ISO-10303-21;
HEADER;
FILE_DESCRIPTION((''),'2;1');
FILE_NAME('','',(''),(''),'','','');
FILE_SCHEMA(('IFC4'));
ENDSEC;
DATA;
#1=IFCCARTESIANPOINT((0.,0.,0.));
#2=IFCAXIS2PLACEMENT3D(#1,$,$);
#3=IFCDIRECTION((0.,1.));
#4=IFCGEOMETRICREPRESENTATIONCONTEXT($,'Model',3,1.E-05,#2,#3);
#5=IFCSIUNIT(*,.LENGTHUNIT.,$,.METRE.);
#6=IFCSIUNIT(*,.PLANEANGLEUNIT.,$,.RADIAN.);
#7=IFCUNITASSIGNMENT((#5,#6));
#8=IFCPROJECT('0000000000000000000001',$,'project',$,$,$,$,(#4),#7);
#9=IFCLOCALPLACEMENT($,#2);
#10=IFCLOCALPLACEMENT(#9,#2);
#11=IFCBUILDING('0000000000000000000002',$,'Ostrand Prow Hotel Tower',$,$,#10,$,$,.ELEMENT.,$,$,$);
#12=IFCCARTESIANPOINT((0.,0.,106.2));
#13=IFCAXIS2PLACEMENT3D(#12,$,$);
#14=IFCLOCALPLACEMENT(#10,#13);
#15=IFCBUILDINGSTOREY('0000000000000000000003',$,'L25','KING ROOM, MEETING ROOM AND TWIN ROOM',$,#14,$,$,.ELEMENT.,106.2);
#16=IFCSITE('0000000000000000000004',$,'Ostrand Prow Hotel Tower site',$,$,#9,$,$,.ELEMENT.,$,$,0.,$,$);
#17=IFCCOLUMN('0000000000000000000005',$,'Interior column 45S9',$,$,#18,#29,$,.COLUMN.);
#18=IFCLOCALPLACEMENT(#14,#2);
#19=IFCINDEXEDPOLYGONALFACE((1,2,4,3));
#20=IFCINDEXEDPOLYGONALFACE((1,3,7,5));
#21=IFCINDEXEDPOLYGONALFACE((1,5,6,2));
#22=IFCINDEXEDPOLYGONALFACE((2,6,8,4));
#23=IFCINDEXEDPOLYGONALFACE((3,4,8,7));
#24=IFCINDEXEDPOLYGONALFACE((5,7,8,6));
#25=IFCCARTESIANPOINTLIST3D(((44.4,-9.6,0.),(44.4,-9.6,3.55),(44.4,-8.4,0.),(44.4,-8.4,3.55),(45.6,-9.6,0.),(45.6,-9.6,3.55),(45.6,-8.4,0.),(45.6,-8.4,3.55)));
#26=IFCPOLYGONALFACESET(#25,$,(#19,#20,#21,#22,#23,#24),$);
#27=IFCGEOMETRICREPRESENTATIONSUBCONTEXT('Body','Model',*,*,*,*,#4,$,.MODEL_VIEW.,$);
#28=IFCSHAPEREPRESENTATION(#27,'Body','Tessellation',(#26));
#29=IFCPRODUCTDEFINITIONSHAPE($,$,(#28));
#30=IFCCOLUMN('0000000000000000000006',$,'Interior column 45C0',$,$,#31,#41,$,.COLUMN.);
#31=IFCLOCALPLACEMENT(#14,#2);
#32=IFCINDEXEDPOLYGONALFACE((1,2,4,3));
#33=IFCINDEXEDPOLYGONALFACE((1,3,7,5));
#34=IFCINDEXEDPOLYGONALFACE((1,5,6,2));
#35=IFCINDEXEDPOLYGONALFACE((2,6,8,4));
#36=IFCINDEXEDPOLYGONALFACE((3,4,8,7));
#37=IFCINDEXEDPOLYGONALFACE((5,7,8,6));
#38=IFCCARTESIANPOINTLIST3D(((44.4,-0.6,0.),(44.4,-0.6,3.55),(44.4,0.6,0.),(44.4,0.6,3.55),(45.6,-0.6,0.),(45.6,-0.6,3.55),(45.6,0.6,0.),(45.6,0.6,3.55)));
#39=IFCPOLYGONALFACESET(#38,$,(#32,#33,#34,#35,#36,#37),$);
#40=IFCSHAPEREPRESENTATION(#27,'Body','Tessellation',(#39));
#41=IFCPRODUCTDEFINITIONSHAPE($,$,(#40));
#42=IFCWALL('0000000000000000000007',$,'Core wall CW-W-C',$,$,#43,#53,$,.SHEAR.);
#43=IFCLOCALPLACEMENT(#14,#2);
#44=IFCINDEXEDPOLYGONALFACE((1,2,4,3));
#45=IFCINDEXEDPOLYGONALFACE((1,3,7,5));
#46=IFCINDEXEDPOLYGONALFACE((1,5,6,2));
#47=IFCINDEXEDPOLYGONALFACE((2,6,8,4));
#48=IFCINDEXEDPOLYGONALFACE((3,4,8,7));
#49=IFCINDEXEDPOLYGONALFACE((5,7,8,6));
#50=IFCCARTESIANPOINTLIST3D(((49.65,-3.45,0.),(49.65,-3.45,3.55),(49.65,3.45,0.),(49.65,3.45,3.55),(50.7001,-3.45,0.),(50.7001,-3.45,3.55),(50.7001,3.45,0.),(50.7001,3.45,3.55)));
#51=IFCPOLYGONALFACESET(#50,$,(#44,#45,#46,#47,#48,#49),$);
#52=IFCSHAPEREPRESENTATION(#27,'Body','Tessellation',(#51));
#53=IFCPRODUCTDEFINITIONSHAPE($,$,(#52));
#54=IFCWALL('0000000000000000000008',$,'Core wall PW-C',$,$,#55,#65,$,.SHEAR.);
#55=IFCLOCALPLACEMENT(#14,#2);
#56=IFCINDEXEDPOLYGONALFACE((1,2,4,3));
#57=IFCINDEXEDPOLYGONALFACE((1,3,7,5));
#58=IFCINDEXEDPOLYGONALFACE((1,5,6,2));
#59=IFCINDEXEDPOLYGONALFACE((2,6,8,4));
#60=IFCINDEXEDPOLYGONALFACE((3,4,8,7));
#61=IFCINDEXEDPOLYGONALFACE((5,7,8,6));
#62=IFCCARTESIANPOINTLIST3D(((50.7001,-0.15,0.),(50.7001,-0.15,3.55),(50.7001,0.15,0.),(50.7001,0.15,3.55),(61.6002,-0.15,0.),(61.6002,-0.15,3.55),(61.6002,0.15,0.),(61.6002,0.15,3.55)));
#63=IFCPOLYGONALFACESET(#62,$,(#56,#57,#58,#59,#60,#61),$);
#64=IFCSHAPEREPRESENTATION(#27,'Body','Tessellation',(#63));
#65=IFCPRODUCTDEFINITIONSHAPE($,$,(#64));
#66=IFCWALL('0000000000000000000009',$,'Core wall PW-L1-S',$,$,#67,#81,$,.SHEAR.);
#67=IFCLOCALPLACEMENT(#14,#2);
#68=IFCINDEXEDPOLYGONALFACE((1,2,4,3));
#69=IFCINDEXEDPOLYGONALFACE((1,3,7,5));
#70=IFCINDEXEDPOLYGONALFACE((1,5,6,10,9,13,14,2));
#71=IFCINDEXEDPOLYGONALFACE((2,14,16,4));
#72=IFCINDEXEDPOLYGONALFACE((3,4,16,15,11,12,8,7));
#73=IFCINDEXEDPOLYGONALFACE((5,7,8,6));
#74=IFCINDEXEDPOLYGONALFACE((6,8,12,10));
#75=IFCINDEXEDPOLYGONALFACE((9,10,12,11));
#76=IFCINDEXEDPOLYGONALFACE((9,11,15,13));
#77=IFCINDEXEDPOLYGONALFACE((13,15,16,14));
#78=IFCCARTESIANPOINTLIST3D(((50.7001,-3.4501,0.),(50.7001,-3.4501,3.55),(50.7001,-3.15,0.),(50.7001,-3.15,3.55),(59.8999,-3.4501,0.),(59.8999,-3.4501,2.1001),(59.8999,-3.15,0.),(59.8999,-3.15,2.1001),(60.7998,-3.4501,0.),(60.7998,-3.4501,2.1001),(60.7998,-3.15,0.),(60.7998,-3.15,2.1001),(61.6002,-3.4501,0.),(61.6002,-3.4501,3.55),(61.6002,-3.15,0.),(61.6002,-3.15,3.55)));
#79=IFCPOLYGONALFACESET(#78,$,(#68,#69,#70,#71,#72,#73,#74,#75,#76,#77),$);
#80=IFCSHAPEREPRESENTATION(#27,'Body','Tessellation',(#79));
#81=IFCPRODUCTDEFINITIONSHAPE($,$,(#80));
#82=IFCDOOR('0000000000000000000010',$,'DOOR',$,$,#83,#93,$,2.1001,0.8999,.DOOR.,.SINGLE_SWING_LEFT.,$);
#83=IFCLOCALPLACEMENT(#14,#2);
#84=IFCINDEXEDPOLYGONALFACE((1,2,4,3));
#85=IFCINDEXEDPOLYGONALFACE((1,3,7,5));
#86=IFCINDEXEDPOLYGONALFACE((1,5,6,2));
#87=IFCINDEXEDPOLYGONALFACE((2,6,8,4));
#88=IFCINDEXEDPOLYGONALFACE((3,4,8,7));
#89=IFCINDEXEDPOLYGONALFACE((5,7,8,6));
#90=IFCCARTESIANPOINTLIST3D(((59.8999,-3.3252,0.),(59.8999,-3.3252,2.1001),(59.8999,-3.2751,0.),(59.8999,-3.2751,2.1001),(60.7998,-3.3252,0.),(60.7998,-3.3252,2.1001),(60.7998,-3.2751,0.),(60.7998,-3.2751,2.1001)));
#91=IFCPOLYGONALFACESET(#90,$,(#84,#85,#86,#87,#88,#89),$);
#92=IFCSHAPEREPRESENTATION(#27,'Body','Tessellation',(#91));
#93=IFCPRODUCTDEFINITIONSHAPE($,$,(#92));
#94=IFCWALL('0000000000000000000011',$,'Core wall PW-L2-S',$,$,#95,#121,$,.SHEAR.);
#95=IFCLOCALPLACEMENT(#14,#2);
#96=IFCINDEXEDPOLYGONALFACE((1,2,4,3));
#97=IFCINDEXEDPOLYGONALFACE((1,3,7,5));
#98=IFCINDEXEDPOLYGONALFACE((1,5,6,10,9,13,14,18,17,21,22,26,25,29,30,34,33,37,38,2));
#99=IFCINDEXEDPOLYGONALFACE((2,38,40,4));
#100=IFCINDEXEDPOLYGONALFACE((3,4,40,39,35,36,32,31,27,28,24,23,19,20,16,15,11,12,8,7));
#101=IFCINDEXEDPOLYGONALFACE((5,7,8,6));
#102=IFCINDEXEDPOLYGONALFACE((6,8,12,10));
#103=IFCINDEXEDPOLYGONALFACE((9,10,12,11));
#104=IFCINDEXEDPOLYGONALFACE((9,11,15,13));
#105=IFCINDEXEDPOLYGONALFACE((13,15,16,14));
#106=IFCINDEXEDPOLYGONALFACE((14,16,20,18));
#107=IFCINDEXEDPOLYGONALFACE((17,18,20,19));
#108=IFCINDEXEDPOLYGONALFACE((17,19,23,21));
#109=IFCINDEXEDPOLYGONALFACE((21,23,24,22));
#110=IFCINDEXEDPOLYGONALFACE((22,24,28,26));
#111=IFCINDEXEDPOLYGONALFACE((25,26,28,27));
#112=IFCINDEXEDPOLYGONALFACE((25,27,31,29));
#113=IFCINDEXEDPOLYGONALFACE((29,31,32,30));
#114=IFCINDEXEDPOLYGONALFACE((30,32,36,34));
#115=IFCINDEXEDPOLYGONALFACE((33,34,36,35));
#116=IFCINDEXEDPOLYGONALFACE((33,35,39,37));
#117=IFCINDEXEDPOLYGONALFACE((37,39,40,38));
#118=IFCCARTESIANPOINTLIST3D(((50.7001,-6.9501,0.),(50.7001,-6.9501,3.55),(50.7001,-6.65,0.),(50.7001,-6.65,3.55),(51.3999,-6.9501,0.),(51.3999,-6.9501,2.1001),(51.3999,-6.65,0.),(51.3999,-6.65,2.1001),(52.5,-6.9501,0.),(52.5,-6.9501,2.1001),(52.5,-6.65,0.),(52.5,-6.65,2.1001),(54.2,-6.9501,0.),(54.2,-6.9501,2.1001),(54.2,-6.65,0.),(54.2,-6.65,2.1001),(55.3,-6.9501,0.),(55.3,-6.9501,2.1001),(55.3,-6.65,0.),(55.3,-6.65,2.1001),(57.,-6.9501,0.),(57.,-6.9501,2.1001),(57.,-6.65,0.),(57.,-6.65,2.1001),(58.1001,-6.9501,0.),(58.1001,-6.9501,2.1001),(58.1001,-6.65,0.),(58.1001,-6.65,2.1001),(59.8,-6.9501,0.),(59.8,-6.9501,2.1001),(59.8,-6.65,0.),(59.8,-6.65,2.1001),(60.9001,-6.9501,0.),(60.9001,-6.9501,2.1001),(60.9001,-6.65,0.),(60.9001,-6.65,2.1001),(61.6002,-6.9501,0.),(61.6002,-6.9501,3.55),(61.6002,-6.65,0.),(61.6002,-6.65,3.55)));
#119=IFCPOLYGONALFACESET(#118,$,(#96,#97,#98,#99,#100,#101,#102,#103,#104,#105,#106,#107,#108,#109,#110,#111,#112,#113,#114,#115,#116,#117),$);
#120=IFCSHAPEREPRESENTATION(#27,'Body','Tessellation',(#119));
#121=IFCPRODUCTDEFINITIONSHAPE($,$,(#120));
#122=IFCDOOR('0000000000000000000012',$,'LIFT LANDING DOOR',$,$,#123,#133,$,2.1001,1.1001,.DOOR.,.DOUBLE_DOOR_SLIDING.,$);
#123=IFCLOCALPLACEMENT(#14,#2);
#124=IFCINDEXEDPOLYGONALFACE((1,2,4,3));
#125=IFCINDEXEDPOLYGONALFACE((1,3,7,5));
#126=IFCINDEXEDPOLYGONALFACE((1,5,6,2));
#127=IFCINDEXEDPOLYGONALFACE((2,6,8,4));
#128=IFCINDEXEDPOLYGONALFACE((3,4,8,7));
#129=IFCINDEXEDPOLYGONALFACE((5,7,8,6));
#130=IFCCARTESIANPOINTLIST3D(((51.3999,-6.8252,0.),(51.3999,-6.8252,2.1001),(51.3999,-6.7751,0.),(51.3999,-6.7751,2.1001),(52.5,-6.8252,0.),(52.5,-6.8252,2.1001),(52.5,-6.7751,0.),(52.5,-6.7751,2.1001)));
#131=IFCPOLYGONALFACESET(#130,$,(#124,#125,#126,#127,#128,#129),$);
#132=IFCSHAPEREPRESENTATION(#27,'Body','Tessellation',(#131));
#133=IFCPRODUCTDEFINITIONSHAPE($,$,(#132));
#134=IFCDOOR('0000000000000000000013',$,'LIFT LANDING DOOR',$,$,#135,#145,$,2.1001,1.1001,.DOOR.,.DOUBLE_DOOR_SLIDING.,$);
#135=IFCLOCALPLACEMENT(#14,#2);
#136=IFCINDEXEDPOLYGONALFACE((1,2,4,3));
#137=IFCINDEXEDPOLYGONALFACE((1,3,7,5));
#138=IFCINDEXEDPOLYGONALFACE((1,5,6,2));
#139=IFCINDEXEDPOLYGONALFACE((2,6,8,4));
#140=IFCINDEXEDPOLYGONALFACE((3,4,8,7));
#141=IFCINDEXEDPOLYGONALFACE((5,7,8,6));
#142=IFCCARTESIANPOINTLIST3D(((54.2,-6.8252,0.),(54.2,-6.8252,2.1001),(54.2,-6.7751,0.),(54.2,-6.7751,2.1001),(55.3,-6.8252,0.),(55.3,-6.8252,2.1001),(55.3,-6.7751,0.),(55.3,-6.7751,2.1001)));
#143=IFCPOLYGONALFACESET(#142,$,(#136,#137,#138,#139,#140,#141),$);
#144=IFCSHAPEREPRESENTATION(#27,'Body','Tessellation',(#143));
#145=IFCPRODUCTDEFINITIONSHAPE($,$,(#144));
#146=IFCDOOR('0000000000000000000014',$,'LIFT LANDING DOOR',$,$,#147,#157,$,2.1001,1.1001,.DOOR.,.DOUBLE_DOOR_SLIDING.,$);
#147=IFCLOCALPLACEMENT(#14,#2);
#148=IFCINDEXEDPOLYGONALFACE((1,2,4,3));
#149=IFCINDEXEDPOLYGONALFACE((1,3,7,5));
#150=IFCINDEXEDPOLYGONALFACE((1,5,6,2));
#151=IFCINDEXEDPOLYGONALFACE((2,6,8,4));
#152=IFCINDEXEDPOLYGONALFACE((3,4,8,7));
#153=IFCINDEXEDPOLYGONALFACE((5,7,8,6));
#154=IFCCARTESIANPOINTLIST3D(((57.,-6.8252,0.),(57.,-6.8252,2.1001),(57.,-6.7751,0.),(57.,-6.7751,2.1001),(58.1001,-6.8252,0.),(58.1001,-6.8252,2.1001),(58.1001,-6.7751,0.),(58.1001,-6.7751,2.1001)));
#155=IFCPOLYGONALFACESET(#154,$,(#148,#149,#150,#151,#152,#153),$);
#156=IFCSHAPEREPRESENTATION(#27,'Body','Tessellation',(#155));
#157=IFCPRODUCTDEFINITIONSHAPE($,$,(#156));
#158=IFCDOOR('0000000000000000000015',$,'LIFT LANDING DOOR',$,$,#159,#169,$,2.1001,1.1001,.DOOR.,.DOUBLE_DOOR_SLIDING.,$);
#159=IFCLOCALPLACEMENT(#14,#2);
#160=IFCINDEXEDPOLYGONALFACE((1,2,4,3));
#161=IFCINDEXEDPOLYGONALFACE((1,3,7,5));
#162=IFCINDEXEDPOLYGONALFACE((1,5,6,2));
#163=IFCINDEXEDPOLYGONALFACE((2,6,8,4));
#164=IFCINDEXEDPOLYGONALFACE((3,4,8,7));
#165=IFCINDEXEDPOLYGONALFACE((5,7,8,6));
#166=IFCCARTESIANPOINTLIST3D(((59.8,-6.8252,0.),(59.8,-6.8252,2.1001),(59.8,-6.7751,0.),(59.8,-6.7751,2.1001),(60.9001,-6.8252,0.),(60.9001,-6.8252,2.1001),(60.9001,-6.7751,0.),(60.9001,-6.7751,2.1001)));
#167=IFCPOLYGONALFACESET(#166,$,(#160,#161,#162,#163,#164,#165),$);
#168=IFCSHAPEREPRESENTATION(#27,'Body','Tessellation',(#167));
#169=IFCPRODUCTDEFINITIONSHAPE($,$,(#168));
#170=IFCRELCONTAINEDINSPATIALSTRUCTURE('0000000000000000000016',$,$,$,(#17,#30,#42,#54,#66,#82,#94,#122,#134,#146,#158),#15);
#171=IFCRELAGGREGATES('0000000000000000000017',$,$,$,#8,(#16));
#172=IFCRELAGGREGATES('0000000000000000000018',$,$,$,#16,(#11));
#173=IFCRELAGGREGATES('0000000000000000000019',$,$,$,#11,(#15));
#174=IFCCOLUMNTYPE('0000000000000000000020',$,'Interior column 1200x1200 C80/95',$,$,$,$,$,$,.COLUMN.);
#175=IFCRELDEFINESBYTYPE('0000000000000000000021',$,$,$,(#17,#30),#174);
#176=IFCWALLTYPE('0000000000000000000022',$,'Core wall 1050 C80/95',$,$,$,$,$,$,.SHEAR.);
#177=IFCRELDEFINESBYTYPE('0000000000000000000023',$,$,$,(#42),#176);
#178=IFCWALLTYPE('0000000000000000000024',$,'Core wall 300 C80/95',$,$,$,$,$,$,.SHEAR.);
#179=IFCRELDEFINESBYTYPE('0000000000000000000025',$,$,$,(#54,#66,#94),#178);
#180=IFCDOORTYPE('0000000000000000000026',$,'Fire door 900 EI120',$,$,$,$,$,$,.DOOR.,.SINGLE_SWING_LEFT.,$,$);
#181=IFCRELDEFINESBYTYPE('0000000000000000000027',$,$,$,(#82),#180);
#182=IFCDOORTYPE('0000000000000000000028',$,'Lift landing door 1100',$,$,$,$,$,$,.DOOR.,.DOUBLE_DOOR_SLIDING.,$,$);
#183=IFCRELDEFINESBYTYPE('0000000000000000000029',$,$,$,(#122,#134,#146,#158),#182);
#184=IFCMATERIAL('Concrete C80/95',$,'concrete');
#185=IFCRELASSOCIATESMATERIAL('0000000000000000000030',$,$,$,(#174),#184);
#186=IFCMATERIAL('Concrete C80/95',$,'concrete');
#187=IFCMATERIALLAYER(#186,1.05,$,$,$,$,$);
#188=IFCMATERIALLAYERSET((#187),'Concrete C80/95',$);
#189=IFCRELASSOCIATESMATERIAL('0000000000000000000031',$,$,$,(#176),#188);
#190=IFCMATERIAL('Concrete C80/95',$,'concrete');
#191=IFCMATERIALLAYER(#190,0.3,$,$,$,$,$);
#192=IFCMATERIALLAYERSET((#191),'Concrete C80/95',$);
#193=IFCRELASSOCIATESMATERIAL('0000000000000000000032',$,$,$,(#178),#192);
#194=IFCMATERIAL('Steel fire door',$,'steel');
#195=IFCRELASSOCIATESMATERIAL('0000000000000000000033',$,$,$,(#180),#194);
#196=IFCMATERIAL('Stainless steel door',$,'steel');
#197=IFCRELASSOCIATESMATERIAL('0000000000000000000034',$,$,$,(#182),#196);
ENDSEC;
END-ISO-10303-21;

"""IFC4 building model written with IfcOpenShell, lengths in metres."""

from ifc_helpers import new_model, si_unit, direction, frame, frame_2d, origin, origin_2d, place, context, subcontext, project, spatial, rectangle, extrude, material, layer, layer_set, material_profile, profile_set, type_object, element, fill, save


model = new_model("IFC4")

# Units and contexts
model_context = context("Model", 3, precision=1e-05, world=origin(), true_north=direction((0.0, 1.0)))
body_context = subcontext(model_context, "Body", "Model", "MODEL_VIEW")
ifc_project = project(units=[si_unit("LENGTHUNIT", "METRE"), si_unit("PLANEANGLEUNIT", "RADIAN")], contexts=[model_context])

# Site, building, storey
site_placement = place(None, origin())
site = spatial("IfcSite", under=ifc_project, at=site_placement, Name="Ostrand Prow Hotel Tower site", CompositionType="ELEMENT", RefElevation=0.0)
building_placement = place(site_placement, origin())
building = spatial("IfcBuilding", under=site, at=building_placement, Name="Ostrand Prow Hotel Tower", CompositionType="ELEMENT")
storey_placement = place(building_placement, frame((0.0, 0.0, 106.2)))
storey = spatial("IfcBuildingStorey", under=building, at=storey_placement, Name="L25", Description="KING ROOM, MEETING ROOM AND TWIN ROOM", CompositionType="ELEMENT", Elevation=106.2)

# Columns
ifc_material_1 = material(Name="Concrete C80/95", Category="concrete")
ifc_material_profile = material_profile(ifc_material_1, rectangle(XDim=1.2, YDim=1.2, at=origin_2d()), Name="RC 1200x1200")
ifc_profile_set = profile_set([ifc_material_profile], Name="Concrete C80/95")
column_type = type_object("IfcColumnType", Name="Interior column 1200x1200 C80/95", PredefinedType="COLUMN", material=ifc_profile_set)
for number, where, z_axis, x_axis, name in (
    (1, (45.0, -9.0, 0.0), (0.0, 0.0, 1.0), (1.0, 0.0, 0.0), "Interior column 45S9"),
    (2, (45.0, 0.0, 0.0), (0.0, 0.0, 1.0), (1.0, 0.0, 0.0), "Interior column 45C0"),
):
    element("IfcColumn", number, at=place(storey_placement, frame(where, z_axis=z_axis, x_axis=x_axis)), inside=storey, type_object=column_type, Name=name, PredefinedType="COLUMN", context=body_context, shape_type="SweptSolid", body=[
        extrude(rectangle(XDim=1.2, YDim=1.2, at=origin_2d()), origin(), (0.0, 0.0, 1.0), 3.55),
    ])

# Walls
ifc_material_2 = material(Name="Concrete C80/95", Category="concrete")
ifc_layer_1 = layer(ifc_material_2, 1.05)
ifc_layer_set_1 = layer_set([ifc_layer_1], Name="Concrete C80/95")
wall_type_1 = type_object("IfcWallType", Name="Core wall 1050 C80/95", PredefinedType="SHEAR", material=ifc_layer_set_1)
wall_1_placement = place(storey_placement, frame((50.175, -3.45, 0.0), z_axis=(0.0, 0.0, 1.0), x_axis=(0.0, 1.0, 0.0)))
element("IfcWall", 3, at=wall_1_placement, inside=storey, type_object=wall_type_1, Name="Core wall CW-W-C", PredefinedType="SHEAR", context=body_context, shape_type="SweptSolid", body=[
    extrude(rectangle(XDim=6.8999, YDim=1.05, at=frame_2d((3.45, 0.0))), origin(), (0.0, 0.0, 1.0), 3.55),
])
ifc_material_3 = material(Name="Concrete C80/95", Category="concrete")
ifc_layer_2 = layer(ifc_material_3, 0.3)
ifc_layer_set_2 = layer_set([ifc_layer_2], Name="Concrete C80/95")
wall_type_2 = type_object("IfcWallType", Name="Core wall 300 C80/95", PredefinedType="SHEAR", material=ifc_layer_set_2)
wall_2_placement = place(storey_placement, frame((50.7, 0.0, 0.0), z_axis=(0.0, 0.0, 1.0), x_axis=(1.0, 0.0, 0.0)))
element("IfcWall", 4, at=wall_2_placement, inside=storey, type_object=wall_type_2, Name="Core wall PW-C", PredefinedType="SHEAR", context=body_context, shape_type="SweptSolid", body=[
    extrude(rectangle(XDim=10.9001, YDim=0.3, at=frame_2d((5.4502, 0.0))), origin(), (0.0, 0.0, 1.0), 3.55),
])

# Wall, opening, door
wall_3_placement = place(storey_placement, frame((50.7, -3.3, 0.0), z_axis=(0.0, 0.0, 1.0), x_axis=(1.0, 0.0, 0.0)))
wall_3 = element("IfcWall", 5, at=wall_3_placement, inside=storey, type_object=wall_type_2, Name="Core wall PW-L1-S", PredefinedType="SHEAR", context=body_context, shape_type="SweptSolid", body=[
    extrude(rectangle(XDim=10.9001, YDim=0.3, at=frame_2d((5.4502, 0.0))), origin(), (0.0, 0.0, 1.0), 3.55),
])
opening_1_placement = place(wall_3_placement, frame((9.2, 0.0, 0.0)))
opening_1 = element("IfcOpeningElement", 6, at=opening_1_placement, cuts=wall_3, PredefinedType="OPENING", context=body_context, shape_type="SweptSolid", body=[
    extrude(rectangle(XDim=0.8999, YDim=2.1001, at=frame_2d((0.45, 1.05))), frame((0.0, 0.1599, 0.0), z_axis=(0.0, -1.0, 0.0), x_axis=(1.0, 0.0, 0.0)), (0.0, 0.0, 1.0), 0.3201),
])
ifc_material_4 = material(Name="Steel fire door", Category="steel")
door_type_1 = type_object("IfcDoorType", Name="Fire door 900 EI120", OperationType="SINGLE_SWING_LEFT", PredefinedType="DOOR", material=ifc_material_4)
door_1_placement = place(opening_1_placement, origin())
door_1 = element("IfcDoor", 7, at=door_1_placement, inside=storey, type_object=door_type_1, Name="DOOR", OperationType="SINGLE_SWING_LEFT", OverallHeight=2.1001, OverallWidth=0.8999, PredefinedType="DOOR", context=body_context, shape_type="SweptSolid", body=[
    extrude(rectangle(XDim=0.8999, YDim=2.1001, at=frame_2d((0.45, 1.05))), frame((0.0, 0.0249, 0.0), z_axis=(0.0, -1.0, 0.0), x_axis=(1.0, 0.0, 0.0)), (0.0, 0.0, 1.0), 0.05),
])
fill(opening_1, door_1)

# Wall, openings, doors
wall_4_placement = place(storey_placement, frame((50.7, -6.8, 0.0), z_axis=(0.0, 0.0, 1.0), x_axis=(1.0, 0.0, 0.0)))
wall_4 = element("IfcWall", 8, at=wall_4_placement, inside=storey, type_object=wall_type_2, Name="Core wall PW-L2-S", PredefinedType="SHEAR", context=body_context, shape_type="SweptSolid", body=[
    extrude(rectangle(XDim=10.9001, YDim=0.3, at=frame_2d((5.4502, 0.0))), origin(), (0.0, 0.0, 1.0), 3.55),
])
opening_2_placement = place(wall_4_placement, frame((0.7, 0.0, 0.0)))
opening_2 = element("IfcOpeningElement", 9, at=opening_2_placement, cuts=wall_4, PredefinedType="OPENING", context=body_context, shape_type="SweptSolid", body=[
    extrude(rectangle(XDim=1.1001, YDim=2.1001, at=frame_2d((0.55, 1.05))), frame((0.0, 0.1599, 0.0), z_axis=(0.0, -1.0, 0.0), x_axis=(1.0, 0.0, 0.0)), (0.0, 0.0, 1.0), 0.3201),
])
opening_3_placement = place(wall_4_placement, frame((3.5, 0.0, 0.0)))
opening_3 = element("IfcOpeningElement", 10, at=opening_3_placement, cuts=wall_4, PredefinedType="OPENING", context=body_context, shape_type="SweptSolid", body=[
    extrude(rectangle(XDim=1.1001, YDim=2.1001, at=frame_2d((0.55, 1.05))), frame((0.0, 0.1599, 0.0), z_axis=(0.0, -1.0, 0.0), x_axis=(1.0, 0.0, 0.0)), (0.0, 0.0, 1.0), 0.3201),
])
opening_4_placement = place(wall_4_placement, frame((6.3, 0.0, 0.0)))
opening_4 = element("IfcOpeningElement", 11, at=opening_4_placement, cuts=wall_4, PredefinedType="OPENING", context=body_context, shape_type="SweptSolid", body=[
    extrude(rectangle(XDim=1.1001, YDim=2.1001, at=frame_2d((0.55, 1.05))), frame((0.0, 0.1599, 0.0), z_axis=(0.0, -1.0, 0.0), x_axis=(1.0, 0.0, 0.0)), (0.0, 0.0, 1.0), 0.3201),
])
opening_5_placement = place(wall_4_placement, frame((9.1001, 0.0, 0.0)))
opening_5 = element("IfcOpeningElement", 12, at=opening_5_placement, cuts=wall_4, PredefinedType="OPENING", context=body_context, shape_type="SweptSolid", body=[
    extrude(rectangle(XDim=1.1001, YDim=2.1001, at=frame_2d((0.55, 1.05))), frame((0.0, 0.1599, 0.0), z_axis=(0.0, -1.0, 0.0), x_axis=(1.0, 0.0, 0.0)), (0.0, 0.0, 1.0), 0.3201),
])
ifc_material_5 = material(Name="Stainless steel door", Category="steel")
door_type_2 = type_object("IfcDoorType", Name="Lift landing door 1100", OperationType="DOUBLE_DOOR_SLIDING", PredefinedType="DOOR", material=ifc_material_5)
door_2_placement = place(opening_2_placement, origin())
door_2 = element("IfcDoor", 13, at=door_2_placement, inside=storey, type_object=door_type_2, Name="LIFT LANDING DOOR", OperationType="DOUBLE_DOOR_SLIDING", OverallHeight=2.1001, OverallWidth=1.1001, PredefinedType="DOOR", context=body_context, shape_type="SweptSolid", body=[
    extrude(rectangle(XDim=1.1001, YDim=2.1001, at=frame_2d((0.55, 1.05))), frame((0.0, 0.0249, 0.0), z_axis=(0.0, -1.0, 0.0), x_axis=(1.0, 0.0, 0.0)), (0.0, 0.0, 1.0), 0.05),
])
fill(opening_2, door_2)
door_3_placement = place(opening_3_placement, origin())
door_3 = element("IfcDoor", 14, at=door_3_placement, inside=storey, type_object=door_type_2, Name="LIFT LANDING DOOR", OperationType="DOUBLE_DOOR_SLIDING", OverallHeight=2.1001, OverallWidth=1.1001, PredefinedType="DOOR", context=body_context, shape_type="SweptSolid", body=[
    extrude(rectangle(XDim=1.1001, YDim=2.1001, at=frame_2d((0.55, 1.05))), frame((0.0, 0.0249, 0.0), z_axis=(0.0, -1.0, 0.0), x_axis=(1.0, 0.0, 0.0)), (0.0, 0.0, 1.0), 0.05),
])
fill(opening_3, door_3)
door_4_placement = place(opening_4_placement, origin())
door_4 = element("IfcDoor", 15, at=door_4_placement, inside=storey, type_object=door_type_2, Name="LIFT LANDING DOOR", OperationType="DOUBLE_DOOR_SLIDING", OverallHeight=2.1001, OverallWidth=1.1001, PredefinedType="DOOR", context=body_context, shape_type="SweptSolid", body=[
    extrude(rectangle(XDim=1.1001, YDim=2.1001, at=frame_2d((0.55, 1.05))), frame((0.0, 0.0249, 0.0), z_axis=(0.0, -1.0, 0.0), x_axis=(1.0, 0.0, 0.0)), (0.0, 0.0, 1.0), 0.05),
])
fill(opening_4, door_4)
door_5_placement = place(opening_5_placement, origin())
door_5 = element("IfcDoor", 16, at=door_5_placement, inside=storey, type_object=door_type_2, Name="LIFT LANDING DOOR", OperationType="DOUBLE_DOOR_SLIDING", OverallHeight=2.1001, OverallWidth=1.1001, PredefinedType="DOOR", context=body_context, shape_type="SweptSolid", body=[
    extrude(rectangle(XDim=1.1001, YDim=2.1001, at=frame_2d((0.55, 1.05))), frame((0.0, 0.0249, 0.0), z_axis=(0.0, -1.0, 0.0), x_axis=(1.0, 0.0, 0.0)), (0.0, 0.0, 1.0), 0.05),
])
fill(opening_5, door_5)

save(model, "model.ifc")
